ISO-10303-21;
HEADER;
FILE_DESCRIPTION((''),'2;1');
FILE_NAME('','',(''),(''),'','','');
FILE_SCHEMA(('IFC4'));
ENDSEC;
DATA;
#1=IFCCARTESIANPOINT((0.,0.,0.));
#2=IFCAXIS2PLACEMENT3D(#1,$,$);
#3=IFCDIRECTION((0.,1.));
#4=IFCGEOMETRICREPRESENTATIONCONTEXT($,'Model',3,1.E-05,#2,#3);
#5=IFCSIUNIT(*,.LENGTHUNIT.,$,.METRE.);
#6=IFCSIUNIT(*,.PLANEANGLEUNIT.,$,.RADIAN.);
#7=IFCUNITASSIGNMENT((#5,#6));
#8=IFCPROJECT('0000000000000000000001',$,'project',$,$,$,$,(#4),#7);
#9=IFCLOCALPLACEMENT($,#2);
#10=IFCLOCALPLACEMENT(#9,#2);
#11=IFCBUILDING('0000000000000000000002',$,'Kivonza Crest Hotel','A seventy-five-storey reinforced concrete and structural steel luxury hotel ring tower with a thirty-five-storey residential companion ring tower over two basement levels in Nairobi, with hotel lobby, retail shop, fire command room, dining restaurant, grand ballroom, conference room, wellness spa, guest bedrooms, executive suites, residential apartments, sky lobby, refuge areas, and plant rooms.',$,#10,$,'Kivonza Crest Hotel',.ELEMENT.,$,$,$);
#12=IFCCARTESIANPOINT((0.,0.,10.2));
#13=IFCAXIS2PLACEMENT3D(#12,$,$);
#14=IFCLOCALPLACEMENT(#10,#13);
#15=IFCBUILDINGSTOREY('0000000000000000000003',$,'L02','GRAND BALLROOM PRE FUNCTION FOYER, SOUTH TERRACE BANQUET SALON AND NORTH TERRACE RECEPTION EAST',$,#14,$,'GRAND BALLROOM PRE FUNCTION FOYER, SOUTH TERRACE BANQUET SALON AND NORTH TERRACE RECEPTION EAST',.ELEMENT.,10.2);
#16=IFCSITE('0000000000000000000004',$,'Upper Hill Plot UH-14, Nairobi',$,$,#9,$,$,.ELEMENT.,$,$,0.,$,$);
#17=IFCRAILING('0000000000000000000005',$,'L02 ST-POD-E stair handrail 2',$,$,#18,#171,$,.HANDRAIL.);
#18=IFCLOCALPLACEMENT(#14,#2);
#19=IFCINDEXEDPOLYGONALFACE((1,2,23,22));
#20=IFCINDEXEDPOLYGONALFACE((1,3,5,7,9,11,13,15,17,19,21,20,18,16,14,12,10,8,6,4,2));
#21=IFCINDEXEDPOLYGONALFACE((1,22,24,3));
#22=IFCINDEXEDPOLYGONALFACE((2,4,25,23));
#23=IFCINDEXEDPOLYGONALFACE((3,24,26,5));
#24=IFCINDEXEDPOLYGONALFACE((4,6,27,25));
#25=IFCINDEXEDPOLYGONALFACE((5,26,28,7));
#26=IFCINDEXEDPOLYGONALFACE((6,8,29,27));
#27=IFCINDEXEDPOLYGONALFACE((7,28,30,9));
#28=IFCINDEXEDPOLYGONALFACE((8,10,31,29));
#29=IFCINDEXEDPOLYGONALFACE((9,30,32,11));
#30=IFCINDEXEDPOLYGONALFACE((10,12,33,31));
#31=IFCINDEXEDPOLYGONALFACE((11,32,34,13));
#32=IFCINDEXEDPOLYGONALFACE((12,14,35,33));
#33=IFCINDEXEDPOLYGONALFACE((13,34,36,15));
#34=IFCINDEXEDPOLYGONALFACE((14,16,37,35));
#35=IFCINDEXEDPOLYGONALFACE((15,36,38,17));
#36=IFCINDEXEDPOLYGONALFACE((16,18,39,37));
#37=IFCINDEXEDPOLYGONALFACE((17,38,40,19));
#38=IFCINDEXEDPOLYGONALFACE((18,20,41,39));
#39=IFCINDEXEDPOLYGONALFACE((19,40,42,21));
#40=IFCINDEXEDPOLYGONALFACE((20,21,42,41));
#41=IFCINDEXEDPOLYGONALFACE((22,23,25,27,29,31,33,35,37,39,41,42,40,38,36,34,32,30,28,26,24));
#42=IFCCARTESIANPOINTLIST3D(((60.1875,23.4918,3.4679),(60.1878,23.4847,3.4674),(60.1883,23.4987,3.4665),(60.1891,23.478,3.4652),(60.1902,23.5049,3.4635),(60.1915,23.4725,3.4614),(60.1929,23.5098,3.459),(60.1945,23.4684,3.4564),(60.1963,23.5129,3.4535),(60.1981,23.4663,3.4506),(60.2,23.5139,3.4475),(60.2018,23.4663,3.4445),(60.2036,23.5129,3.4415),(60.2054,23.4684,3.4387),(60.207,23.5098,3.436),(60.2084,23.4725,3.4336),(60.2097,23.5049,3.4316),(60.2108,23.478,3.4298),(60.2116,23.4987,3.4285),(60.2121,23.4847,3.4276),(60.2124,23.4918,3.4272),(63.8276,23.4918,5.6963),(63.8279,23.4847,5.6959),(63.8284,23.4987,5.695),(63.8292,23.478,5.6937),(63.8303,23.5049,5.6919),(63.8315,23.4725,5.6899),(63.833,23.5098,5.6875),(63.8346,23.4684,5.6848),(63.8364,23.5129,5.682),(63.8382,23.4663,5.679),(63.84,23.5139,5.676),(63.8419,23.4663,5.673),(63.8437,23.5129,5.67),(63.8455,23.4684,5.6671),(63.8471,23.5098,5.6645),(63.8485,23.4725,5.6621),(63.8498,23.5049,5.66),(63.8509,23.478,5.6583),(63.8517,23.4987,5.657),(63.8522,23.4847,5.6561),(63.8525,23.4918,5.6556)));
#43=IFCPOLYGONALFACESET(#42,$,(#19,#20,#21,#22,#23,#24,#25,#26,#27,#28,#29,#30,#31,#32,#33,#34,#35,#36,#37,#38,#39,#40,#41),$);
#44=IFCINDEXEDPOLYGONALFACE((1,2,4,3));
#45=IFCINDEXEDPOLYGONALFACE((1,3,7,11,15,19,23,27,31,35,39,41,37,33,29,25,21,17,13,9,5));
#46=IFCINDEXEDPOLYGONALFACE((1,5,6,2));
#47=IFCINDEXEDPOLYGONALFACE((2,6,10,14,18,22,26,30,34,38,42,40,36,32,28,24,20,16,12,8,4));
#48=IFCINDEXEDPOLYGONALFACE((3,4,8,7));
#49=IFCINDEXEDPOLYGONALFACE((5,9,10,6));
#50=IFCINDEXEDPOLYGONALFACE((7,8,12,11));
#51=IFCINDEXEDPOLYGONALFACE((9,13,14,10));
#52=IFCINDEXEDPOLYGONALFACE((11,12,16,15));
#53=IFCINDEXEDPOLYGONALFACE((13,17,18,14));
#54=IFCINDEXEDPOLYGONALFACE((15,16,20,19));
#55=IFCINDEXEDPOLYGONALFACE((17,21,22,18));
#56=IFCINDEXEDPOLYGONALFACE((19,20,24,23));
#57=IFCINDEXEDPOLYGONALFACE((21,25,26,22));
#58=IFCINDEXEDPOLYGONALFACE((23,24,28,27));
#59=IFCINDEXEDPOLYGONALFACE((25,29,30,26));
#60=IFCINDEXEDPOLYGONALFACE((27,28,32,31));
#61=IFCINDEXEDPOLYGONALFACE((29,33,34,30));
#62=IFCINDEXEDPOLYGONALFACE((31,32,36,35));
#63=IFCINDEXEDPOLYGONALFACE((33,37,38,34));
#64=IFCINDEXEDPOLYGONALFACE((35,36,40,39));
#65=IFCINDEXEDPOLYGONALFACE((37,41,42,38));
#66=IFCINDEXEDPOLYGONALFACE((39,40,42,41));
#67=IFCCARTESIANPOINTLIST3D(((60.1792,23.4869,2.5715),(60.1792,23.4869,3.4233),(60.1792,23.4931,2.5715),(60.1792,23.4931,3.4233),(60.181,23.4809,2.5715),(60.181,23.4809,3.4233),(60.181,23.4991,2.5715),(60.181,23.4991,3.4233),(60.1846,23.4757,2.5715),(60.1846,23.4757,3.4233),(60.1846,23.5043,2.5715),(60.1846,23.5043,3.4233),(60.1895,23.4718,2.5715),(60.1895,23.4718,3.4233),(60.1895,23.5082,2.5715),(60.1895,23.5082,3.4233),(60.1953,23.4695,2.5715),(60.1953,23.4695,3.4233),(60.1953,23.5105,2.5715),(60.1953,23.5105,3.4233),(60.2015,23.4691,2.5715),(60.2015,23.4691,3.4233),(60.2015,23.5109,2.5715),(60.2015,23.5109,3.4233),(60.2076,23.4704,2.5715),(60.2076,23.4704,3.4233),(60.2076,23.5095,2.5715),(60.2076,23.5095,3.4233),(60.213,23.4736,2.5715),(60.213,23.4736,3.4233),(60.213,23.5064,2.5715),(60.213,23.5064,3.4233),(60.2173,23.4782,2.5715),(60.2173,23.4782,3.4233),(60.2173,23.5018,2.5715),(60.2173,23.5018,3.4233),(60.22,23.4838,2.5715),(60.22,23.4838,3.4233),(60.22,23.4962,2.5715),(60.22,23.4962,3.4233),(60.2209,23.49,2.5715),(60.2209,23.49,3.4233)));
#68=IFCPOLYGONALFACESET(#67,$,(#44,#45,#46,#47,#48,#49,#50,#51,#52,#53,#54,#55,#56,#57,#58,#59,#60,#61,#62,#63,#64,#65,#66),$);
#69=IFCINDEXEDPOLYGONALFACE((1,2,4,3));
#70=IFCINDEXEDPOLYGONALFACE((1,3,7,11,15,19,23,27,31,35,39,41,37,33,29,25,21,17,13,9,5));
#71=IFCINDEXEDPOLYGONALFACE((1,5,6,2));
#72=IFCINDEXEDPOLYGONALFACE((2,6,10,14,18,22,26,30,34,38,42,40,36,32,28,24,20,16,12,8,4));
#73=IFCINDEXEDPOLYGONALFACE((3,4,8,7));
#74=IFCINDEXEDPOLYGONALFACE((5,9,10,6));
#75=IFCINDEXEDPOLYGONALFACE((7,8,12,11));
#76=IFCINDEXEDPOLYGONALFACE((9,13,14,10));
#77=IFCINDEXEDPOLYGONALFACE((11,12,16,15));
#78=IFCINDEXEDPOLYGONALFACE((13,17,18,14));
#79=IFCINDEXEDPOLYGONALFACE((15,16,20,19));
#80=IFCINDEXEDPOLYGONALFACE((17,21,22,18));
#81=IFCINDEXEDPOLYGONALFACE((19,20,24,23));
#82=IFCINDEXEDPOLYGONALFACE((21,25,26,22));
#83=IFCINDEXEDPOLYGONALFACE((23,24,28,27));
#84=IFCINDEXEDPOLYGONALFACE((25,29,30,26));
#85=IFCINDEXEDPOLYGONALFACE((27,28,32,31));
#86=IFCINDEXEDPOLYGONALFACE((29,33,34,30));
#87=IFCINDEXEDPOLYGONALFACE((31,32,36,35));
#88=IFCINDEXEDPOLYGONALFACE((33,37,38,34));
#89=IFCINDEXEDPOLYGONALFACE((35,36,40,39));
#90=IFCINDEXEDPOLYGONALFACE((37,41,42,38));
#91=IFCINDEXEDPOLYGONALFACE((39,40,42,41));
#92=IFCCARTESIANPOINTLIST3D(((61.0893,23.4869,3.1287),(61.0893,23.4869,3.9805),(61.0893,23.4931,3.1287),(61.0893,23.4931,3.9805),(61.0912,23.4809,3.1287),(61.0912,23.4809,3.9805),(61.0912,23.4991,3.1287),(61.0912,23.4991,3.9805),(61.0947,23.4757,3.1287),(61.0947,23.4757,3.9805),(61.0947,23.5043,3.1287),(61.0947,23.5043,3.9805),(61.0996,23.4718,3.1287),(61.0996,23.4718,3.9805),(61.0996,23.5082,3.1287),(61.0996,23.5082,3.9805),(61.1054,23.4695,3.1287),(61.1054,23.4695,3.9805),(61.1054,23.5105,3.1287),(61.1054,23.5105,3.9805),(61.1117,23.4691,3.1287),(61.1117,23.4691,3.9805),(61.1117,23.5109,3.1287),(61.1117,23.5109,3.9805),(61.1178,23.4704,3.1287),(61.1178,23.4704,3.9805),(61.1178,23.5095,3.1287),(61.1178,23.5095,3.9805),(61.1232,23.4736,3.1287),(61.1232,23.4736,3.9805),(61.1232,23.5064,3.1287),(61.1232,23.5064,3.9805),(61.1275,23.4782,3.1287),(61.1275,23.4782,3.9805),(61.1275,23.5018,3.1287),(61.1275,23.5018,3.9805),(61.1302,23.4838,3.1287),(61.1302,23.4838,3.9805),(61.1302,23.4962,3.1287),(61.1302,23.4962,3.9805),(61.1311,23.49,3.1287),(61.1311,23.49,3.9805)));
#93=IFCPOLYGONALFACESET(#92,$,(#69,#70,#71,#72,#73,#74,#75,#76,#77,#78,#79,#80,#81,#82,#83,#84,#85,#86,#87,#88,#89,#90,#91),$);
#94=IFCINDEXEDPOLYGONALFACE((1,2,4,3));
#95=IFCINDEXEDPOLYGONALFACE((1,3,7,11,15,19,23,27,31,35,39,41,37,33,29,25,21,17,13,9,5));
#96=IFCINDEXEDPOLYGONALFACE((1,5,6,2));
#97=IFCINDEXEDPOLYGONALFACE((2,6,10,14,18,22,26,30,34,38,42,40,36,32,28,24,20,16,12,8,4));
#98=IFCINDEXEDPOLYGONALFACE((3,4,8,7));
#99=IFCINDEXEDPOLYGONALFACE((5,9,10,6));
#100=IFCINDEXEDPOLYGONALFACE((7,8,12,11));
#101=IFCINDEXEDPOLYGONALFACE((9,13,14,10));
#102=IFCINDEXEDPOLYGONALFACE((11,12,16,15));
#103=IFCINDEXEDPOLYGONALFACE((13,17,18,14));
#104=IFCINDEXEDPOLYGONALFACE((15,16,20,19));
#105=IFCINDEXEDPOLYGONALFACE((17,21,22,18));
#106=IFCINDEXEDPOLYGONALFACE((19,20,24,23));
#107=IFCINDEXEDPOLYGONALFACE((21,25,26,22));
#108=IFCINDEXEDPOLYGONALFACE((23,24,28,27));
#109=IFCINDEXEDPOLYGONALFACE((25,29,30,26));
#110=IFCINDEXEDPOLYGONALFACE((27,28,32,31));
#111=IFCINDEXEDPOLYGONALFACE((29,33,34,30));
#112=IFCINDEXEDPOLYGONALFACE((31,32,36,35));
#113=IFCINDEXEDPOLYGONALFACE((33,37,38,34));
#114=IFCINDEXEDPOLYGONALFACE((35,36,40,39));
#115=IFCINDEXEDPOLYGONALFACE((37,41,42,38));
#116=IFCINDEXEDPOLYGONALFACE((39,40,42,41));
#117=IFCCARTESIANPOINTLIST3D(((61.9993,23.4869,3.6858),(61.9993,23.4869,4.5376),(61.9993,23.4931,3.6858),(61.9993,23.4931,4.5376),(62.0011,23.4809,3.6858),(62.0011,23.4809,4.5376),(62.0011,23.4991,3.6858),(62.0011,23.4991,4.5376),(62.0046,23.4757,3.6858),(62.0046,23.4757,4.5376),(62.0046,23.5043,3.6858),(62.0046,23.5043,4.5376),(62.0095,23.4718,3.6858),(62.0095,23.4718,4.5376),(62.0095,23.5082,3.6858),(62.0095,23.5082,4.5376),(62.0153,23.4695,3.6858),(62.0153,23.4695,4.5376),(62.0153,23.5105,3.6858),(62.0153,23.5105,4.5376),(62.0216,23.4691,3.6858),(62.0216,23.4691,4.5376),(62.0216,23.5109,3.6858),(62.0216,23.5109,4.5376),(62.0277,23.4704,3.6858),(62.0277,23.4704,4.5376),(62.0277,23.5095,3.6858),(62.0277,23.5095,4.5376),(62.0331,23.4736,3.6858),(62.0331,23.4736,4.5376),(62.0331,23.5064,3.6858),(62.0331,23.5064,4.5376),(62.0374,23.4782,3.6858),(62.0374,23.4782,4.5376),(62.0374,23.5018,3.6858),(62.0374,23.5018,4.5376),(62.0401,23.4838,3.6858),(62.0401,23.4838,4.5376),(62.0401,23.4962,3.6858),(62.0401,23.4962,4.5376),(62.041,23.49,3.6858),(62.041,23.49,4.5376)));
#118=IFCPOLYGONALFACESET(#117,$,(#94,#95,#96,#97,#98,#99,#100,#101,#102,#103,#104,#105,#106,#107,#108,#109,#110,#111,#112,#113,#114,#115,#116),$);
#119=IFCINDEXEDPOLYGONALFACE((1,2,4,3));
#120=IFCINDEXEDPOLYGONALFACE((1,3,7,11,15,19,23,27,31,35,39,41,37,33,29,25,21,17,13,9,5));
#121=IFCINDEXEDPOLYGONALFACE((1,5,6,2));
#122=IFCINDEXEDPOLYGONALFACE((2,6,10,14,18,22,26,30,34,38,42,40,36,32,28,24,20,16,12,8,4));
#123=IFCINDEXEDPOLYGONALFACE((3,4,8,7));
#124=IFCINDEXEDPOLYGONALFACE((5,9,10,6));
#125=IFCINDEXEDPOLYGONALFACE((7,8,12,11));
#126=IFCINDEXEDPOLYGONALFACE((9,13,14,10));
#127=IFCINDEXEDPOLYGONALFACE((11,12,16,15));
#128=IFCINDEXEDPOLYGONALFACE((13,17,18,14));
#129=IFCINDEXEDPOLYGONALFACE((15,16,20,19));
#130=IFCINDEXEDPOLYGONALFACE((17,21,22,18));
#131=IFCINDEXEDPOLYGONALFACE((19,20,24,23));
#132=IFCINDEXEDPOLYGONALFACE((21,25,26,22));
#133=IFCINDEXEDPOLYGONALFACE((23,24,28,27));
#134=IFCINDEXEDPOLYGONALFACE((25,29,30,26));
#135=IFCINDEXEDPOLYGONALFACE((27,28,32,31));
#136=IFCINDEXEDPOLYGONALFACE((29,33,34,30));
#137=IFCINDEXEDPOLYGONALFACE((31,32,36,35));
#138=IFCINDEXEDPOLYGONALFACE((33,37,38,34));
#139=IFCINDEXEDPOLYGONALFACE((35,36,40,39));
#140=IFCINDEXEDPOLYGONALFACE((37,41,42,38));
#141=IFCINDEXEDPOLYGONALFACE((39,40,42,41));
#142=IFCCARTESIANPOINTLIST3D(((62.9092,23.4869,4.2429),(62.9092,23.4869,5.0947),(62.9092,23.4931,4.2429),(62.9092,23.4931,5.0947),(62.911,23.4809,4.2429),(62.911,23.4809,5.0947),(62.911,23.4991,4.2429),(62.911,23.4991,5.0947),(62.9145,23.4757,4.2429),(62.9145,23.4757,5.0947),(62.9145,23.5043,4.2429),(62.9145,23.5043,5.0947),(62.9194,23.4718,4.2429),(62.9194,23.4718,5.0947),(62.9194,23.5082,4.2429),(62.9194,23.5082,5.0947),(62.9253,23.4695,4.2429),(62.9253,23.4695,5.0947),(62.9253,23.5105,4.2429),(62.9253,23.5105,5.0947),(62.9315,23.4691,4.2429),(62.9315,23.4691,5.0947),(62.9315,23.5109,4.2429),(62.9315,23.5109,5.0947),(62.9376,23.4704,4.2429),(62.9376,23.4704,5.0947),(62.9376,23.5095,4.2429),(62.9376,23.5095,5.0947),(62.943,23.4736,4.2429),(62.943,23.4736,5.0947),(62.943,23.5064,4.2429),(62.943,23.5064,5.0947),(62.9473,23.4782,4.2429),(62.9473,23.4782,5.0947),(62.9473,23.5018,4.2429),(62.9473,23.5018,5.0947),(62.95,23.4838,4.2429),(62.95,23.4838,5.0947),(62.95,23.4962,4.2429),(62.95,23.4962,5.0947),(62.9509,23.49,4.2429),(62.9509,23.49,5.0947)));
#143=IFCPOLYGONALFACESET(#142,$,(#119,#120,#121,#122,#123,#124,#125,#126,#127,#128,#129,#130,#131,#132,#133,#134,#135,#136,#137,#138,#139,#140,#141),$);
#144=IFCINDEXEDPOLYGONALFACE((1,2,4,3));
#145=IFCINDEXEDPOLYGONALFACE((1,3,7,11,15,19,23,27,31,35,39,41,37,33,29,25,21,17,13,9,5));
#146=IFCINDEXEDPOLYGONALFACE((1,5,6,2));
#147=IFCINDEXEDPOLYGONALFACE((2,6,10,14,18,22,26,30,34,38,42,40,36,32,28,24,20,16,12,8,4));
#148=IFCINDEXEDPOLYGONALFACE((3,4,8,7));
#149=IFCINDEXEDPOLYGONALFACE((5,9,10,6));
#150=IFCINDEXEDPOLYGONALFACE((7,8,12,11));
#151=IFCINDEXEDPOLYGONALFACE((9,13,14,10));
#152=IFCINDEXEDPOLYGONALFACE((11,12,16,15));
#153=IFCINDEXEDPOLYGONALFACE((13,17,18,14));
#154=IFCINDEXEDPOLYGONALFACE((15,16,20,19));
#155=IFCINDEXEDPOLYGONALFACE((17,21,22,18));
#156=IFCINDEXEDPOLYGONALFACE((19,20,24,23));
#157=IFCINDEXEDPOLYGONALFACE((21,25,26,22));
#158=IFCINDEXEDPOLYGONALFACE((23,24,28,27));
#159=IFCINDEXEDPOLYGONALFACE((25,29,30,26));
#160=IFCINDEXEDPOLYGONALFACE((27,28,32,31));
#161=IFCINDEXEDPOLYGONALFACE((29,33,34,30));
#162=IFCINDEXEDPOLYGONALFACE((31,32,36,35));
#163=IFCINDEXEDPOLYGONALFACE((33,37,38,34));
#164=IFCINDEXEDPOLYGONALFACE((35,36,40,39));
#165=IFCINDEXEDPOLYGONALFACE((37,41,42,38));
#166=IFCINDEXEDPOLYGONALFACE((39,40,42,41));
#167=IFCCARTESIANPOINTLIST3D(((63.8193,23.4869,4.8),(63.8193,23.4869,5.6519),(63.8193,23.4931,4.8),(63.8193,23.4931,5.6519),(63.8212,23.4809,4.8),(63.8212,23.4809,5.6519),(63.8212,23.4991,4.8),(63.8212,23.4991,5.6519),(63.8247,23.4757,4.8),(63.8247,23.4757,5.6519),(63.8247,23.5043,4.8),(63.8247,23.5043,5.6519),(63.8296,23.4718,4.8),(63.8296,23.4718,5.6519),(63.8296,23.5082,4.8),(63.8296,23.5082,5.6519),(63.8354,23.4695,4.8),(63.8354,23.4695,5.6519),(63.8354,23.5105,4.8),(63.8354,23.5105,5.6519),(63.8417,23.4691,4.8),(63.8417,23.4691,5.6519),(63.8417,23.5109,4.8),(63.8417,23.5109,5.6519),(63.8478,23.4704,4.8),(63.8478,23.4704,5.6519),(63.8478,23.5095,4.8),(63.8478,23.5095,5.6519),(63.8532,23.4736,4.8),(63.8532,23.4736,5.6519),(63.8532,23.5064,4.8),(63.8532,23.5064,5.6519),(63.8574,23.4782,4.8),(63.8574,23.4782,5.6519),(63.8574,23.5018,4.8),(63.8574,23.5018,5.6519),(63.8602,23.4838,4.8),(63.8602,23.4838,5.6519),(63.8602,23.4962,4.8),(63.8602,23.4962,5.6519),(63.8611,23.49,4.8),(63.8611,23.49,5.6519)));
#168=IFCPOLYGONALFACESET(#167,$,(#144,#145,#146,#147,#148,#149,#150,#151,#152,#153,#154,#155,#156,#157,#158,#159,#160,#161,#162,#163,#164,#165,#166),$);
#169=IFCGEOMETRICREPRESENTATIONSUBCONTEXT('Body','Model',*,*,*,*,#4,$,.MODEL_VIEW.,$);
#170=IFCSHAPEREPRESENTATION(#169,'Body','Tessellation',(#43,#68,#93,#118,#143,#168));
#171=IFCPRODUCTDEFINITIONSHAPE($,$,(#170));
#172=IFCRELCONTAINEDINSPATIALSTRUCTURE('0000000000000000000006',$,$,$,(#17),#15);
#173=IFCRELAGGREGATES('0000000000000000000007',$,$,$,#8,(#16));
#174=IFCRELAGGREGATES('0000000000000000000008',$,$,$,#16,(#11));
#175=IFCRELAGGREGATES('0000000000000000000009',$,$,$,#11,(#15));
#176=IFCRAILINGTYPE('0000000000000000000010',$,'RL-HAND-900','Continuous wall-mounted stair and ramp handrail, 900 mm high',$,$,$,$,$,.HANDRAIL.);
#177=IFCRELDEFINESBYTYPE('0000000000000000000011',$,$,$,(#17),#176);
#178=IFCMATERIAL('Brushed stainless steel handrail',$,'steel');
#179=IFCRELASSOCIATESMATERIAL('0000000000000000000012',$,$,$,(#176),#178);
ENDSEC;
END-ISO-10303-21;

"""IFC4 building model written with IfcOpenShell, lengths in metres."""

from ifc_helpers import new_model, si_unit, direction, frame, origin, origin_2d, place, context, subcontext, project, spatial, circle, extrude, material, type_object, element, save


model = new_model("IFC4")

# Units and contexts
model_context = context("Model", 3, precision=1e-05, world=origin(), true_north=direction((0.0, 1.0)))
body_context = subcontext(model_context, "Body", "Model", "MODEL_VIEW")
ifc_project = project(units=[si_unit("LENGTHUNIT", "METRE"), si_unit("PLANEANGLEUNIT", "RADIAN")], contexts=[model_context])

# Site, building, storey
site_placement = place(None, origin())
site = spatial("IfcSite", under=ifc_project, at=site_placement, Name="Upper Hill Plot UH-14, Nairobi", CompositionType="ELEMENT", RefElevation=0.0)
building_placement = place(site_placement, origin())
building = spatial("IfcBuilding", under=site, at=building_placement, Name="Kivonza Crest Hotel", Description="A seventy-five-storey reinforced concrete and structural steel luxury hotel ring tower with a thirty-five-storey residential companion ring tower over two basement levels in Nairobi, with hotel lobby, retail shop, fire command room, dining restaurant, grand ballroom, conference room, wellness spa, guest bedrooms, executive suites, residential apartments, sky lobby, refuge areas, and plant rooms.", LongName="Kivonza Crest Hotel", CompositionType="ELEMENT")
storey_placement = place(building_placement, frame((0.0, 0.0, 10.2)))
storey = spatial("IfcBuildingStorey", under=building, at=storey_placement, Name="L02", Description="GRAND BALLROOM PRE FUNCTION FOYER, SOUTH TERRACE BANQUET SALON AND NORTH TERRACE RECEPTION EAST", LongName="GRAND BALLROOM PRE FUNCTION FOYER, SOUTH TERRACE BANQUET SALON AND NORTH TERRACE RECEPTION EAST", CompositionType="ELEMENT", Elevation=10.2)

# Railing
ifc_material_1 = material(Name="Brushed stainless steel handrail", Category="steel")
railing_type_1 = type_object("IfcRailingType", Name="RL-HAND-900", Description="Continuous wall-mounted stair and ramp handrail, 900 mm high", PredefinedType="HANDRAIL", material=ifc_material_1)
railing_1_placement = place(storey_placement, frame((60.2, 23.49, 2.5715)))
element("IfcRailing", 1, at=railing_1_placement, inside=storey, type_object=railing_type_1, Name="L02 ST-POD-E stair handrail 2", PredefinedType="HANDRAIL", context=body_context, shape_type="SweptSolid", body=[
    extrude(circle(Radius=0.0239, at=origin_2d()), frame((0.0, 0.0, 0.876), z_axis=(0.852866, 0.0, 0.52213), x_axis=(0.0, 1.0, 0.0)), (0.0, 0.0, 1.0), 4.2681),
    extrude(circle(Radius=0.021, at=origin_2d()), origin(), (0.0, 0.0, 1.0), 0.8518),
    extrude(circle(Radius=0.021, at=origin_2d()), frame((0.9102, 0.0, 0.5571)), (0.0, 0.0, 1.0), 0.8518),
    extrude(circle(Radius=0.021, at=origin_2d()), frame((1.8201, 0.0, 1.1143)), (0.0, 0.0, 1.0), 0.8518),
    extrude(circle(Radius=0.021, at=origin_2d()), frame((2.73, 0.0, 1.6714)), (0.0, 0.0, 1.0), 0.8518),
    extrude(circle(Radius=0.021, at=origin_2d()), frame((3.6401, 0.0, 2.2285)), (0.0, 0.0, 1.0), 0.8518),
])

save(model, "model.ifc")
